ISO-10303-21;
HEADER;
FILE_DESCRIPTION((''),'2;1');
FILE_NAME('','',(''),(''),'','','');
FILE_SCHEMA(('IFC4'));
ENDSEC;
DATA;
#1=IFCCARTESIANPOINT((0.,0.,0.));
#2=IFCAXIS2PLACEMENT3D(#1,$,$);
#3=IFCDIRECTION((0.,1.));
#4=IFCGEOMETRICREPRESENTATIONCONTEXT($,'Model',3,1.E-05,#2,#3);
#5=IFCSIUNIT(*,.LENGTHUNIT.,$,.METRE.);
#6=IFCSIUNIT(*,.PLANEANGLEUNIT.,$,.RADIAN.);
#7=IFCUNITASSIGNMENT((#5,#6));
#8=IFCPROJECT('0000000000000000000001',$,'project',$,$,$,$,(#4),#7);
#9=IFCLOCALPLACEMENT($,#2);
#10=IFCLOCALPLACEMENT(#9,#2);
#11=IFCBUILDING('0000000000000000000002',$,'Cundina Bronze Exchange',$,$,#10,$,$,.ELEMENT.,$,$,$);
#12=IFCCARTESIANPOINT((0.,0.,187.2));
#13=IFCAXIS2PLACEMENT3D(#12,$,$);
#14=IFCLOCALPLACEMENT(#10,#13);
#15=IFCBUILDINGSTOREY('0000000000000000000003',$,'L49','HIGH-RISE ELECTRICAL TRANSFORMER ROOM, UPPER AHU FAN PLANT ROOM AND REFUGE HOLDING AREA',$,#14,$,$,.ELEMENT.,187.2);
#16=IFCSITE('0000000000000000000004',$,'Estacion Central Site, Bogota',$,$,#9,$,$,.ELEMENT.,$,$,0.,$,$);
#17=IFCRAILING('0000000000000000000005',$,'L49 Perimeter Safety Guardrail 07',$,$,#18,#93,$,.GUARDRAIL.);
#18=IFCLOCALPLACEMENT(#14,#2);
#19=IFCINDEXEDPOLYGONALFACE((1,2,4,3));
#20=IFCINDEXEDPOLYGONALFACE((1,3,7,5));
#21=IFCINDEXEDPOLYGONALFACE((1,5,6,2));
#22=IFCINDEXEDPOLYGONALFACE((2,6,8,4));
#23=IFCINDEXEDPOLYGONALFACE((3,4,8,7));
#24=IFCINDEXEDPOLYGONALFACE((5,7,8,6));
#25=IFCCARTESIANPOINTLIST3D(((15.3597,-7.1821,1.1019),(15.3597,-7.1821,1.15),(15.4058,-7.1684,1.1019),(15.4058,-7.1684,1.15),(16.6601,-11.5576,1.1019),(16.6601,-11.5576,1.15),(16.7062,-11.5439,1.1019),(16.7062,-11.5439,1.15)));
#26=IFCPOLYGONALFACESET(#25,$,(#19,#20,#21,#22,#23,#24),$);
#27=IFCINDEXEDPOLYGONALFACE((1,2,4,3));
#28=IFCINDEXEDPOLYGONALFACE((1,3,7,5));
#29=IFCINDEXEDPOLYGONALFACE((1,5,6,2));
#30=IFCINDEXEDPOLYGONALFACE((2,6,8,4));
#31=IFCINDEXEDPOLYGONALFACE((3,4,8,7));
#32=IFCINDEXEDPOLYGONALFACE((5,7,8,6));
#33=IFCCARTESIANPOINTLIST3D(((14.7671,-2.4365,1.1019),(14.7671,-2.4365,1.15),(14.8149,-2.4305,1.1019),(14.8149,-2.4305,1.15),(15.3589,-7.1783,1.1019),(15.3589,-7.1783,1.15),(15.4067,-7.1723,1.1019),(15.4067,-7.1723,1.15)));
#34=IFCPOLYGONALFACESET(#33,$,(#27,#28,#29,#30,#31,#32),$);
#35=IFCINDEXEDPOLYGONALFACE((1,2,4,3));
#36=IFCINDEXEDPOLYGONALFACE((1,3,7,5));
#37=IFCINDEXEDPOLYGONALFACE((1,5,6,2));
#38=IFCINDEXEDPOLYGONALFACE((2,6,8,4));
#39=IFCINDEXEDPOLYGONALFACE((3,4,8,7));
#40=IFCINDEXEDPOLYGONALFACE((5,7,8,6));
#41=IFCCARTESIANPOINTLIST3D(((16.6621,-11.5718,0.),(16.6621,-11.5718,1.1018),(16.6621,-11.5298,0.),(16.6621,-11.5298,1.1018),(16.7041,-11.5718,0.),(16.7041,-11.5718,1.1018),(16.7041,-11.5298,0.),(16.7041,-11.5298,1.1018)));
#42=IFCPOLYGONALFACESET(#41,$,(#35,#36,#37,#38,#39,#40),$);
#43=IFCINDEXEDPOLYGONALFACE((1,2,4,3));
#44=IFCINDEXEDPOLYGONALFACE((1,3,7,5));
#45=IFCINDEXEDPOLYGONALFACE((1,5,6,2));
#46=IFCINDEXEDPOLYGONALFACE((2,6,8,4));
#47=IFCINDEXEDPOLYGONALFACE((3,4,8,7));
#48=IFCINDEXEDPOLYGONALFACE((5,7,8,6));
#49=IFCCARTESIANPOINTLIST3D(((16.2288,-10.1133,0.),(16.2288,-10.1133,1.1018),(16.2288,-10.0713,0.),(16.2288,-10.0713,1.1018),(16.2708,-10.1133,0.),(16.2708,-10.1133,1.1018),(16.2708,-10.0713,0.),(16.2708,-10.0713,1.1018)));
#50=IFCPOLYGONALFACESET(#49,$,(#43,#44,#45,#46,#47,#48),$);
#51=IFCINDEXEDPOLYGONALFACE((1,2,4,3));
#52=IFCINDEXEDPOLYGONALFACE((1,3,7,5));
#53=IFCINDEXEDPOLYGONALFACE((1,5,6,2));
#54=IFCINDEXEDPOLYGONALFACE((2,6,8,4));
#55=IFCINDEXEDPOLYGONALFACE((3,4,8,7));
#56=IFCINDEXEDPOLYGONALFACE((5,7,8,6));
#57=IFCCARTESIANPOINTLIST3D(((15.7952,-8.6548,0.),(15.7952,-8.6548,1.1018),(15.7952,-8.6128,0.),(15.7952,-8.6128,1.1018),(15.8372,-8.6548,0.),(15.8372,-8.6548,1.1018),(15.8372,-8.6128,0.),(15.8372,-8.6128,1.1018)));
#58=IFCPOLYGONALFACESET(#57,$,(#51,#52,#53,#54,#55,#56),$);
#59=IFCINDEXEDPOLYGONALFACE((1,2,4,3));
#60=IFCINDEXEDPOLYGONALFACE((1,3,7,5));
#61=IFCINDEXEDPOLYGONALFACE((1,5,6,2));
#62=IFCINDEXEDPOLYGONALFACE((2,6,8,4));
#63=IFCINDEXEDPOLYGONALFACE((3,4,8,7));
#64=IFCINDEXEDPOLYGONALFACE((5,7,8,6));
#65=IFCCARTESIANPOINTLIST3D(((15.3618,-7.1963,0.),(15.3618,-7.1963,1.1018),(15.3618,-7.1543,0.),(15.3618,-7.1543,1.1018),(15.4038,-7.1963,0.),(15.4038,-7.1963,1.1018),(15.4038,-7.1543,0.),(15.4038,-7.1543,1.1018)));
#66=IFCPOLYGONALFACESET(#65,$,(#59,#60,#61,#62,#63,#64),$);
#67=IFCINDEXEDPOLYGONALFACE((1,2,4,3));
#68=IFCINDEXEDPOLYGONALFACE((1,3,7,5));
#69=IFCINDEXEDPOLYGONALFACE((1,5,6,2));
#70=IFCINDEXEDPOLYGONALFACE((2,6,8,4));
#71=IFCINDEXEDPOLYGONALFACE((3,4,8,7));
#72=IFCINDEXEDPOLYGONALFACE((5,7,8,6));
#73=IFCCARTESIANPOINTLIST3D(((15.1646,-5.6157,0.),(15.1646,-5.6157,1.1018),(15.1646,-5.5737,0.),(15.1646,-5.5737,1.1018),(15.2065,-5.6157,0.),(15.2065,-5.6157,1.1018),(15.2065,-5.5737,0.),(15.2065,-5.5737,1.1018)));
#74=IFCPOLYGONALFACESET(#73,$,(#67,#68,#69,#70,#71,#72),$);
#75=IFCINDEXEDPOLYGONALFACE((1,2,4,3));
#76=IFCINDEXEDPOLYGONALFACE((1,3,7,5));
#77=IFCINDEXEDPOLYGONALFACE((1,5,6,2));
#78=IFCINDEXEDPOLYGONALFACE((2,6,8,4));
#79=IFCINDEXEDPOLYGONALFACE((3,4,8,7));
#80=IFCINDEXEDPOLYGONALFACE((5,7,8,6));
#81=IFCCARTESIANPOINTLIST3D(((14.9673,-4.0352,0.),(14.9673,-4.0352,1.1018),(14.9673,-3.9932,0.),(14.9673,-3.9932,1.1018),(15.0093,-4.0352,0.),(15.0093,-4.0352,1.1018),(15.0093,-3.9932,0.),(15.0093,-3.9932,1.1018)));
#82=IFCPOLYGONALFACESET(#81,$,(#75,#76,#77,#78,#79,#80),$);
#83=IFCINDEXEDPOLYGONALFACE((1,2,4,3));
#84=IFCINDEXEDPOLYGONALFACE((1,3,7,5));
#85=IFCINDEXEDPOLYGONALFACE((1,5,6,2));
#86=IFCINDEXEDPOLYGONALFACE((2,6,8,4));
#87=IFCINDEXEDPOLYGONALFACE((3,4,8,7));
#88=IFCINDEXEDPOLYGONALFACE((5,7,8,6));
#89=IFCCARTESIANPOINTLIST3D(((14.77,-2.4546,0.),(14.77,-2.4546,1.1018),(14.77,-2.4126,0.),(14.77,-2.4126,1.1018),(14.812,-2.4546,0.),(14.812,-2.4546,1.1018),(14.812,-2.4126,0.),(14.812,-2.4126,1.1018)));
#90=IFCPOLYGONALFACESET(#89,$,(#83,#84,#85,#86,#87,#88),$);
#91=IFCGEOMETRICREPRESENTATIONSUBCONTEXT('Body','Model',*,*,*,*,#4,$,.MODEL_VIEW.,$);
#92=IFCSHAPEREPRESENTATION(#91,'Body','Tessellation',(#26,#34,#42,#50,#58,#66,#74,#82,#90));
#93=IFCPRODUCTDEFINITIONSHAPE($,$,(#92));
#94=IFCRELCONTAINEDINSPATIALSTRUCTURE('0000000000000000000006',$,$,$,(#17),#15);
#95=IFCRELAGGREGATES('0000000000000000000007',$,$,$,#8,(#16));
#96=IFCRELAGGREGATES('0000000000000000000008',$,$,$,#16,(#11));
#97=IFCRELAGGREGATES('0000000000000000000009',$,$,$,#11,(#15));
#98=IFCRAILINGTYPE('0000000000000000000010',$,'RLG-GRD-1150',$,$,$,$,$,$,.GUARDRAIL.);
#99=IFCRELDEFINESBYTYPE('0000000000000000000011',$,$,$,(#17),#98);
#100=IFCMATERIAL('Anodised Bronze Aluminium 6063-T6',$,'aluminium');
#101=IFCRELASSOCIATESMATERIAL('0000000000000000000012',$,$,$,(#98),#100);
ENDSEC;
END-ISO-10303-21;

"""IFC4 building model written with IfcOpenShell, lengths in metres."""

from ifc_helpers import new_model, si_unit, direction, frame, origin, origin_2d, place, context, subcontext, project, spatial, rectangle, extrude, material, type_object, element, save


model = new_model("IFC4")

# Units and contexts
model_context = context("Model", 3, precision=1e-05, world=origin(), true_north=direction((0.0, 1.0)))
body_context = subcontext(model_context, "Body", "Model", "MODEL_VIEW")
ifc_project = project(units=[si_unit("LENGTHUNIT", "METRE"), si_unit("PLANEANGLEUNIT", "RADIAN")], contexts=[model_context])

# Site, building, storey
site_placement = place(None, origin())
site = spatial("IfcSite", under=ifc_project, at=site_placement, Name="Estacion Central Site, Bogota", CompositionType="ELEMENT", RefElevation=0.0)
building_placement = place(site_placement, origin())
building = spatial("IfcBuilding", under=site, at=building_placement, Name="Cundina Bronze Exchange", CompositionType="ELEMENT")
storey_placement = place(building_placement, frame((0.0, 0.0, 187.2)))
storey = spatial("IfcBuildingStorey", under=building, at=storey_placement, Name="L49", Description="HIGH-RISE ELECTRICAL TRANSFORMER ROOM, UPPER AHU FAN PLANT ROOM AND REFUGE HOLDING AREA", CompositionType="ELEMENT", Elevation=187.2)

# Railing
ifc_material_1 = material(Name="Anodised Bronze Aluminium 6063-T6", Category="aluminium")
railing_type = type_object("IfcRailingType", Name="RLG-GRD-1150", PredefinedType="GUARDRAIL", material=ifc_material_1)
railing_1_placement = place(storey_placement, frame((16.6831, -11.5508, 0.0)))
element("IfcRailing", 1, at=railing_1_placement, inside=storey, type_object=railing_type, Name="L49 Perimeter Safety Guardrail 07", PredefinedType="GUARDRAIL", context=body_context, shape_type="SweptSolid", body=[
    extrude(rectangle(XDim=0.0481, YDim=0.0481, at=origin_2d()), frame((0.0, 0.0, 1.126), z_axis=(-0.284864, 0.958568, 0.0), x_axis=(-0.958568, -0.284864, 0.0)), (0.0, 0.0, 1.0), 4.5647),
    extrude(rectangle(XDim=0.0481, YDim=0.0481, at=origin_2d()), frame((-1.3003, 4.3755, 1.126), z_axis=(-0.123846, 0.992301, 0.0), x_axis=(-0.992301, -0.123846, 0.0)), (0.0, 0.0, 1.0), 4.7786),
    extrude(rectangle(XDim=0.042, YDim=0.042, at=origin_2d()), origin(), (0.0, 0.0, 1.0), 1.1018),
    extrude(rectangle(XDim=0.042, YDim=0.042, at=origin_2d()), frame((-0.4333, 1.4585, 0.0)), (0.0, 0.0, 1.0), 1.1018),
    extrude(rectangle(XDim=0.042, YDim=0.042, at=origin_2d()), frame((-0.8669, 2.917, 0.0)), (0.0, 0.0, 1.0), 1.1018),
    extrude(rectangle(XDim=0.042, YDim=0.042, at=origin_2d()), frame((-1.3003, 4.3755, 0.0)), (0.0, 0.0, 1.0), 1.1018),
    extrude(rectangle(XDim=0.042, YDim=0.042, at=origin_2d()), frame((-1.4976, 5.9561, 0.0)), (0.0, 0.0, 1.0), 1.1018),
    extrude(rectangle(XDim=0.042, YDim=0.042, at=origin_2d()), frame((-1.6948, 7.5366, 0.0)), (0.0, 0.0, 1.0), 1.1018),
    extrude(rectangle(XDim=0.042, YDim=0.042, at=origin_2d()), frame((-1.8921, 9.1172, 0.0)), (0.0, 0.0, 1.0), 1.1018),
])

save(model, "model.ifc")
